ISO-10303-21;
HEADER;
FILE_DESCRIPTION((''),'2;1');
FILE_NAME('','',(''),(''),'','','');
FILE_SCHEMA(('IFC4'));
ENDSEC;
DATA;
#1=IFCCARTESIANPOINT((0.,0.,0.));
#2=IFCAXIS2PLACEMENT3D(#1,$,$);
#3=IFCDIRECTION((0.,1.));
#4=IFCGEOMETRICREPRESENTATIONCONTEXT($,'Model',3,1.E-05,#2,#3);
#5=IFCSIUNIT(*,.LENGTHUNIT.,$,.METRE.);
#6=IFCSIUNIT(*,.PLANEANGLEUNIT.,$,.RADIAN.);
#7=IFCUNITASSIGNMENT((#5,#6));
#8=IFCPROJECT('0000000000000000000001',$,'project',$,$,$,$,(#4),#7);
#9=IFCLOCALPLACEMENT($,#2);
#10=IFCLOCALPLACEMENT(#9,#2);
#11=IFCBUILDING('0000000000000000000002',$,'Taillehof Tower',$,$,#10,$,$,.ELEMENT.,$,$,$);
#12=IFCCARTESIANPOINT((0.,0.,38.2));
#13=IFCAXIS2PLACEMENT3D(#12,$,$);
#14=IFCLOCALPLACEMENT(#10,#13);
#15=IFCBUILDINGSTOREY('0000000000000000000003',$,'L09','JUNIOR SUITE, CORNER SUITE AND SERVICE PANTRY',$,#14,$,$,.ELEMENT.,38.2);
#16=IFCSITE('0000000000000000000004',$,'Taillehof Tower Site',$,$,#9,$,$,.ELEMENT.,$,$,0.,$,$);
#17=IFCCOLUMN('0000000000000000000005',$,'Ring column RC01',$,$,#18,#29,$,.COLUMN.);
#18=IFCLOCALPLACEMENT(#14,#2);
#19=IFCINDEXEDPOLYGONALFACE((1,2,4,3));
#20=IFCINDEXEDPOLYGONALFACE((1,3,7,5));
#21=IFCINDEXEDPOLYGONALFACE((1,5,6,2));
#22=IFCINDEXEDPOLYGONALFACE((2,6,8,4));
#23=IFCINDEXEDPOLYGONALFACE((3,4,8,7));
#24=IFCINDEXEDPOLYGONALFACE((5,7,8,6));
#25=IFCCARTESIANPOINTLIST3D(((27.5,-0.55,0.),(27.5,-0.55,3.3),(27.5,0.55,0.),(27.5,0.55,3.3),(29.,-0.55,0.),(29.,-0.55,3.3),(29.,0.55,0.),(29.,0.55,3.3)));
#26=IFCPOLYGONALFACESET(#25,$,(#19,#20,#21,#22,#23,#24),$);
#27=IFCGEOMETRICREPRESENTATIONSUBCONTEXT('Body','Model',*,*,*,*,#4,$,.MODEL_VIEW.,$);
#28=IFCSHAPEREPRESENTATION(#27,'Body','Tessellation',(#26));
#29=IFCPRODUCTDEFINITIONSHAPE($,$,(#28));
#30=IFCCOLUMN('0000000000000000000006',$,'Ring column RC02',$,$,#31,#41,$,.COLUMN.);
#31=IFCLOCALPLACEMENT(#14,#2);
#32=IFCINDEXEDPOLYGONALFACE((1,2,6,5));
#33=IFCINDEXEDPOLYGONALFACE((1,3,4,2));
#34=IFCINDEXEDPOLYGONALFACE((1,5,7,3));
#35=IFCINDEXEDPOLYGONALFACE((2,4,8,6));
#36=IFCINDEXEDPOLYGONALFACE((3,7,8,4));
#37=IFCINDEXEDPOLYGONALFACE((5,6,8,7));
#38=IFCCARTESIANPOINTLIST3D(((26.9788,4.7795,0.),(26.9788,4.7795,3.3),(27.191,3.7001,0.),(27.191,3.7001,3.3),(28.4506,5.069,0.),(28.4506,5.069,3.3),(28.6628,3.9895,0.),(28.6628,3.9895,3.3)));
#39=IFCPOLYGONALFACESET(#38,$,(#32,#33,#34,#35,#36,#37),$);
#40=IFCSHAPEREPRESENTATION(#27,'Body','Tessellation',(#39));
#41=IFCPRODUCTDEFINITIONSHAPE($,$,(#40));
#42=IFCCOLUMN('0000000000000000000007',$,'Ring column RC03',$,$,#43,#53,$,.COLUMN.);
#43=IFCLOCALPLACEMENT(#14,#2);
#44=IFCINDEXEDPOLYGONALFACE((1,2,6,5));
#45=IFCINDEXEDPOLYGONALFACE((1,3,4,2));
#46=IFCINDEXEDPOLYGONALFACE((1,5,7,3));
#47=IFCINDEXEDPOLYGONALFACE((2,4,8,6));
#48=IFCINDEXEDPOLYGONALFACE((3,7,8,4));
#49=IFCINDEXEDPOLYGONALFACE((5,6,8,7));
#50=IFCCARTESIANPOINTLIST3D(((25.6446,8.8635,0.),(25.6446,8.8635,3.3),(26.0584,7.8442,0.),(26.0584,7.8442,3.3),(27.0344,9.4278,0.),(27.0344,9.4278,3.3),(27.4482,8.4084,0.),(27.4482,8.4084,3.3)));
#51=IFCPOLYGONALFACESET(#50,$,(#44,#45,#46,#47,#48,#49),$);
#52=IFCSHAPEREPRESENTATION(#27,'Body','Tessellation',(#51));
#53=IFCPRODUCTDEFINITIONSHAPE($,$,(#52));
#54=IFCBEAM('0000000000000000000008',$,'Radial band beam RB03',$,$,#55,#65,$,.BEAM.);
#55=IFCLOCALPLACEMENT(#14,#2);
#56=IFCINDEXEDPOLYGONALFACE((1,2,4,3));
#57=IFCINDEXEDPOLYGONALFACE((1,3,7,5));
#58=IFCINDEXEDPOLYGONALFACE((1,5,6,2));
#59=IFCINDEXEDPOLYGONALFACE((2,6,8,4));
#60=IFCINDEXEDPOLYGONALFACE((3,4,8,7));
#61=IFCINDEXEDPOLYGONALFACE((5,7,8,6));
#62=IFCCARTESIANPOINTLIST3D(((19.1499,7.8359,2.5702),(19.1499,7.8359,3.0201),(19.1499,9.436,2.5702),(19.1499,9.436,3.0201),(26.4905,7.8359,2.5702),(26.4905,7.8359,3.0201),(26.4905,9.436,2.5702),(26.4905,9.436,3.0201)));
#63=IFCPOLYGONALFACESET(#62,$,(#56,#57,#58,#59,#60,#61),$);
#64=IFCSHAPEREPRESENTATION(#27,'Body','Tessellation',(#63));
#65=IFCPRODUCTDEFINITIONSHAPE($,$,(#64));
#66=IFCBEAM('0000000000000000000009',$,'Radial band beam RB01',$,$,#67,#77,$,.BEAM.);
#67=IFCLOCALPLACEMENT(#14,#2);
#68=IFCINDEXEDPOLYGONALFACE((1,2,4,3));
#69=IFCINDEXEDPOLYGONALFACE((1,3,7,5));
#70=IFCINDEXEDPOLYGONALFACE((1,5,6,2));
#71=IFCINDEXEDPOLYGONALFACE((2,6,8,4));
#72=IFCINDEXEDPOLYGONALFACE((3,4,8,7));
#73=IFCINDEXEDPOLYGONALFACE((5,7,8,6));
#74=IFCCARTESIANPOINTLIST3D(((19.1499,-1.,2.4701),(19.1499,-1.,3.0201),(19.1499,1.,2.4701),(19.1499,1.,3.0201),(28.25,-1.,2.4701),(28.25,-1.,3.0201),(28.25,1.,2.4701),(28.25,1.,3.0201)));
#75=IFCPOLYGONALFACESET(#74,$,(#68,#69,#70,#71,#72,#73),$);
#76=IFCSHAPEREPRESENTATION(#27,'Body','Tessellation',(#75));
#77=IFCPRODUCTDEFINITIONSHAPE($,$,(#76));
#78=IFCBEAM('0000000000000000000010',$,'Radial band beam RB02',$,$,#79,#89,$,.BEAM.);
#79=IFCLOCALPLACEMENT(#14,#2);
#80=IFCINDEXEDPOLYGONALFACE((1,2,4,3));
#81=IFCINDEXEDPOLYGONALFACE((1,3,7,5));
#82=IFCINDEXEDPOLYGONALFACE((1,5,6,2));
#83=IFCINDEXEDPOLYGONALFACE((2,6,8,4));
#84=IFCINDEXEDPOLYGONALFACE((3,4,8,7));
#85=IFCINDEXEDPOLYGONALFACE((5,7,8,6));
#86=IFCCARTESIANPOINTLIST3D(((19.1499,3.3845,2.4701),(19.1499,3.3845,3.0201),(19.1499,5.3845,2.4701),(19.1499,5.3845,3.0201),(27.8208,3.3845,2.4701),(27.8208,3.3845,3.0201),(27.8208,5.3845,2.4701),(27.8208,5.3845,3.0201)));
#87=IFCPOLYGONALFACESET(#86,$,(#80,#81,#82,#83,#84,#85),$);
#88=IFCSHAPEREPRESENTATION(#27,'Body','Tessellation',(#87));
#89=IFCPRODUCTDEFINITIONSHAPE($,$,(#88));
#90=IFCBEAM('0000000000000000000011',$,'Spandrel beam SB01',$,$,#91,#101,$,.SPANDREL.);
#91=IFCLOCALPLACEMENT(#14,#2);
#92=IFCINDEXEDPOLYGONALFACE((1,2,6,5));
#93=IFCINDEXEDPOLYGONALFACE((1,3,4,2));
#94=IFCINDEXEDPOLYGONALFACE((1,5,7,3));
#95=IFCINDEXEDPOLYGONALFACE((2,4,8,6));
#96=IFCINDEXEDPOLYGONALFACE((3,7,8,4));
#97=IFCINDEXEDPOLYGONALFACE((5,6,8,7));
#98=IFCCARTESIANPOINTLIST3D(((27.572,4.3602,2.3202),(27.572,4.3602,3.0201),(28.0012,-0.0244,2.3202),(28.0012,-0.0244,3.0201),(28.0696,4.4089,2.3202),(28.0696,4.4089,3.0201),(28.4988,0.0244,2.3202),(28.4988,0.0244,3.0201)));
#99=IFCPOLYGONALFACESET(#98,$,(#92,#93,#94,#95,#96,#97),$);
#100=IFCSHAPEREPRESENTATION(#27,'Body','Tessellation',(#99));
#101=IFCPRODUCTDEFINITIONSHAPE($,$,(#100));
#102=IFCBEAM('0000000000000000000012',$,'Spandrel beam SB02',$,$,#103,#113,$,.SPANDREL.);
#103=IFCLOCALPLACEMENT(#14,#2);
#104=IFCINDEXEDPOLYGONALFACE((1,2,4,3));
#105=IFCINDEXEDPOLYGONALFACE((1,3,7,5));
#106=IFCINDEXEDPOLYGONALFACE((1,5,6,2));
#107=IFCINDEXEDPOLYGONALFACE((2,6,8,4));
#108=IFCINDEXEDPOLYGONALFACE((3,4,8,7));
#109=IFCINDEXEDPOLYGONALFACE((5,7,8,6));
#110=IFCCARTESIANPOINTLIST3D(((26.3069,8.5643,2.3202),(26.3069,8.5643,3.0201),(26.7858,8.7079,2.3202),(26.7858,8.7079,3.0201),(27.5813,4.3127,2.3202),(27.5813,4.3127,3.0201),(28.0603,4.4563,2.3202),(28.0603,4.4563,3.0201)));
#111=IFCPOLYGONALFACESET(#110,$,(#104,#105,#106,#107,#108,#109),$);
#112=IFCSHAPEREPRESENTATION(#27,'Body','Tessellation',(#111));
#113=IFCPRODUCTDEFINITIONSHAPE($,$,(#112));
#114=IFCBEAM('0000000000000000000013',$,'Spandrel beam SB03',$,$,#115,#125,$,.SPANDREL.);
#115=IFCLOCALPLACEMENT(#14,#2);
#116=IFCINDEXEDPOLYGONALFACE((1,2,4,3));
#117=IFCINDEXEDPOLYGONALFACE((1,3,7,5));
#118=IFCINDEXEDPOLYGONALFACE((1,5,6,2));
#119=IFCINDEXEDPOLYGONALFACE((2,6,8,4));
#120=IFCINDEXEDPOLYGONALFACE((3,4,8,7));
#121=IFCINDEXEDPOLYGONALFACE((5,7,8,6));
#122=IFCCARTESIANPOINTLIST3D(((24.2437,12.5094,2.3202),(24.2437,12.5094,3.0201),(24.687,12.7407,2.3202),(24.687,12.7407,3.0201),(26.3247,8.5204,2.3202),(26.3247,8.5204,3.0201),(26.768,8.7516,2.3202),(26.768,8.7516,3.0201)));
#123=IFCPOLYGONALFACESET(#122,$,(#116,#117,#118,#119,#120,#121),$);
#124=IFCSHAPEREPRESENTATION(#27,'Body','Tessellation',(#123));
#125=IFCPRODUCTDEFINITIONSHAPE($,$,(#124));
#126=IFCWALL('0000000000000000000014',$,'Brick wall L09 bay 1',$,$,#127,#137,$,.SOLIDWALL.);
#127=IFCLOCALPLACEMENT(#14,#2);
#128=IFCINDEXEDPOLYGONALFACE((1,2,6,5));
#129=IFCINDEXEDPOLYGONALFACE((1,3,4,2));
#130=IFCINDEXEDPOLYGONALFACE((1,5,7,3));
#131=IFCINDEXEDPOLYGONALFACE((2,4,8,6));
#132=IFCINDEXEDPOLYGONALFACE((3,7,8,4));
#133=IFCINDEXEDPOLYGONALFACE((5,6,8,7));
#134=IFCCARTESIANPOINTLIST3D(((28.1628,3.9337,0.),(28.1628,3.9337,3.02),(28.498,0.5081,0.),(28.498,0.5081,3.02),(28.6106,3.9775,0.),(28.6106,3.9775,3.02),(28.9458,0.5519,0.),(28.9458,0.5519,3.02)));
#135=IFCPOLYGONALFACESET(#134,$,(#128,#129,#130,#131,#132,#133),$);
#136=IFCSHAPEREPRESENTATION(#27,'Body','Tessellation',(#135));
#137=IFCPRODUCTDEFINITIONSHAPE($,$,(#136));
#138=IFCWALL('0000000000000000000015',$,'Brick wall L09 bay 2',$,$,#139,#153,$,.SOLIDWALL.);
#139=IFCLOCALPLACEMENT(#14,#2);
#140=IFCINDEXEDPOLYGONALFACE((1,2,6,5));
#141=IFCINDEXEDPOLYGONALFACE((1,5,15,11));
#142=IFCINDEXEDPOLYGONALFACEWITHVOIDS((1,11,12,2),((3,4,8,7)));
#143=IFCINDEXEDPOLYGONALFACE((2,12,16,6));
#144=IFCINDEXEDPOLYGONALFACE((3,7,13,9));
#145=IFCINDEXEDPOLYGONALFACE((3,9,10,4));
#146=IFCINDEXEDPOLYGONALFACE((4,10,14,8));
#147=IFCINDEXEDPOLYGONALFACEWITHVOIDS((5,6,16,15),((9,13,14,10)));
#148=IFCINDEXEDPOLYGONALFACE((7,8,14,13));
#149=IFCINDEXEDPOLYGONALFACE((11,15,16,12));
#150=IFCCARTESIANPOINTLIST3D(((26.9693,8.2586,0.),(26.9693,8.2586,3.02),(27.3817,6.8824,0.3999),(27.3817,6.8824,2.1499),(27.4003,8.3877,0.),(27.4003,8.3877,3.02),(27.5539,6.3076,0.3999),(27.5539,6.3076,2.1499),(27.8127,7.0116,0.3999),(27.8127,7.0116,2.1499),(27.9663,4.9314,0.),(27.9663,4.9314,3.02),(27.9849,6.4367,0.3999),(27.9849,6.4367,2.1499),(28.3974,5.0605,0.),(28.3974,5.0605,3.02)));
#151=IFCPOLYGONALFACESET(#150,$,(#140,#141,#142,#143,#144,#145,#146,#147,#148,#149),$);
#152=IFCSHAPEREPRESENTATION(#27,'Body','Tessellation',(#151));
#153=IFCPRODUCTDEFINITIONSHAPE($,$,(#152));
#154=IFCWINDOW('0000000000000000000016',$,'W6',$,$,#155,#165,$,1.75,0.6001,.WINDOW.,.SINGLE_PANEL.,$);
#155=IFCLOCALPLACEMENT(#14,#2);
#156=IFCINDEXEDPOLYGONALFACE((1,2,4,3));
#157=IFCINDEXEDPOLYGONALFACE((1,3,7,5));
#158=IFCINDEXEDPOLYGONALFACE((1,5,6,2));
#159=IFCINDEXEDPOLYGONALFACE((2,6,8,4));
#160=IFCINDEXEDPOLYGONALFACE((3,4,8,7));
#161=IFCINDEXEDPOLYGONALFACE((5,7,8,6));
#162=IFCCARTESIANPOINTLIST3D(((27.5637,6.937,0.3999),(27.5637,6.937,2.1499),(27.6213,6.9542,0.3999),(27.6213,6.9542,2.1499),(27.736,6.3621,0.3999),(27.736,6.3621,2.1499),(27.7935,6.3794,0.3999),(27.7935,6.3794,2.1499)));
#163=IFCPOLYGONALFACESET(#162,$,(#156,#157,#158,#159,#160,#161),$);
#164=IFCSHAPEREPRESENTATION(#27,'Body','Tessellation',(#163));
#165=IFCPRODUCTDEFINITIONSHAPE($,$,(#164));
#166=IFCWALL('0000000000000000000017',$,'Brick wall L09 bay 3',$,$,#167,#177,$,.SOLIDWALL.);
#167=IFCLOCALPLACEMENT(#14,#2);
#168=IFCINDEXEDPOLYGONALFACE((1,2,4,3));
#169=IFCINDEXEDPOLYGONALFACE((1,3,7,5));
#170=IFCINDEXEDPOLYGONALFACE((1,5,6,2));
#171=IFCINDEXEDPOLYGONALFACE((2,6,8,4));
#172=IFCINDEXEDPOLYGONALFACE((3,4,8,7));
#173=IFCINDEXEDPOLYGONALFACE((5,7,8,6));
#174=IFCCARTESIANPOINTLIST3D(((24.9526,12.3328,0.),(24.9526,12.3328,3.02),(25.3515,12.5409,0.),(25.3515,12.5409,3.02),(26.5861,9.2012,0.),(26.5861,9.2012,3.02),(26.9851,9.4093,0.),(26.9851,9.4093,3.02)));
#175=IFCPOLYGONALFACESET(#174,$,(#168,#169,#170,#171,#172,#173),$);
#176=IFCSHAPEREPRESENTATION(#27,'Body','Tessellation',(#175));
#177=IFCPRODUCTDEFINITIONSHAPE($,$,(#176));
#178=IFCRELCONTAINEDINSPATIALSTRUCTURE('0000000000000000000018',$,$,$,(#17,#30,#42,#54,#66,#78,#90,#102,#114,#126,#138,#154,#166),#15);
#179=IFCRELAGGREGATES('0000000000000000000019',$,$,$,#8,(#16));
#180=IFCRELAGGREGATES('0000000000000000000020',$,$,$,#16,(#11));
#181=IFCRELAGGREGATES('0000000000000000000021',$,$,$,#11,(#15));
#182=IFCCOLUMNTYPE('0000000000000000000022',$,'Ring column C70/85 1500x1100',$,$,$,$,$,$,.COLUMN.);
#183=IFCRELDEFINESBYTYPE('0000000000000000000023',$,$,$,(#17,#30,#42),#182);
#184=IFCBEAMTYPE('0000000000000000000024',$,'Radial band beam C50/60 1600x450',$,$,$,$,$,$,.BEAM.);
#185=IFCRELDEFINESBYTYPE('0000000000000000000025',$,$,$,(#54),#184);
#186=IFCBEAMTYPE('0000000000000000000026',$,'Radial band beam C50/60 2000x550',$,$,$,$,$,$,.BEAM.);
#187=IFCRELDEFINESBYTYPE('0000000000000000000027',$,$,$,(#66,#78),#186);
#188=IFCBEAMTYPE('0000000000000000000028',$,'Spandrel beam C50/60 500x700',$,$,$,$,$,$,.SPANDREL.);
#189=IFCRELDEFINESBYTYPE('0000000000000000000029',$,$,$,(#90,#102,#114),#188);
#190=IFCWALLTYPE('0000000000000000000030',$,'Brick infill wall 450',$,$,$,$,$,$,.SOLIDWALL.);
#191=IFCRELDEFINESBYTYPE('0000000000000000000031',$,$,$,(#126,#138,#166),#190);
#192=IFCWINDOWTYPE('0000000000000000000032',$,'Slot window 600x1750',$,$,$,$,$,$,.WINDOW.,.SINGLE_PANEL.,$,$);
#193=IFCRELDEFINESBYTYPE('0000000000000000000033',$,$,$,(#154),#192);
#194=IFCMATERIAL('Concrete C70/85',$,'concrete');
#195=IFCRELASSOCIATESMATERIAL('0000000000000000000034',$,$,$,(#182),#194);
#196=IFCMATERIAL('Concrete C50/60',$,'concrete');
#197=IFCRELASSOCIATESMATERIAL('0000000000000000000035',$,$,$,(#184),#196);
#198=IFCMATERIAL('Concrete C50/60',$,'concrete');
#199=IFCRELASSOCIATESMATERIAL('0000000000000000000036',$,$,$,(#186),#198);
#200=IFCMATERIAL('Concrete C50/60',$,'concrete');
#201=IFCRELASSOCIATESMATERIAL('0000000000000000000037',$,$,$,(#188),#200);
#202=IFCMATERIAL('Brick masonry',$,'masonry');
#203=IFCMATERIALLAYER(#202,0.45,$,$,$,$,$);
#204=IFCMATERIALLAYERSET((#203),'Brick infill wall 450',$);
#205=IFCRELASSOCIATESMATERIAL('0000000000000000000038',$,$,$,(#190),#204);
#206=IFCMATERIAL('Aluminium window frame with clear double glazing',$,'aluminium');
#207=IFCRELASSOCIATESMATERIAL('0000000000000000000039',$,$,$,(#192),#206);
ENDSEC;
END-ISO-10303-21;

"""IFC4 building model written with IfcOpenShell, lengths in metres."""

from ifc_helpers import new_model, si_unit, direction, frame, frame_2d, origin, origin_2d, place, context, subcontext, project, spatial, rectangle, extrude, material, layer, layer_set, material_profile, profile_set, type_object, element, fill, save


model = new_model("IFC4")

# Units and contexts
model_context = context("Model", 3, precision=1e-05, world=origin(), true_north=direction((0.0, 1.0)))
body_context = subcontext(model_context, "Body", "Model", "MODEL_VIEW")
ifc_project = project(units=[si_unit("LENGTHUNIT", "METRE"), si_unit("PLANEANGLEUNIT", "RADIAN")], contexts=[model_context])

# Site, building, storey
site_placement = place(None, origin())
site = spatial("IfcSite", under=ifc_project, at=site_placement, Name="Taillehof Tower Site", CompositionType="ELEMENT", RefElevation=0.0)
building_placement = place(site_placement, origin())
building = spatial("IfcBuilding", under=site, at=building_placement, Name="Taillehof Tower", CompositionType="ELEMENT")
storey_placement = place(building_placement, frame((0.0, 0.0, 38.2)))
storey = spatial("IfcBuildingStorey", under=building, at=storey_placement, Name="L09", Description="JUNIOR SUITE, CORNER SUITE AND SERVICE PANTRY", CompositionType="ELEMENT", Elevation=38.2)

# Columns
ifc_material_1 = material(Name="Concrete C70/85", Category="concrete")
ifc_material_profile_1 = material_profile(ifc_material_1, rectangle(XDim=1.5, YDim=1.1001, at=origin_2d()), Name="RC 1500x1100")
ifc_profile_set_1 = profile_set([ifc_material_profile_1], Name="Concrete C70/85")
column_type = type_object("IfcColumnType", Name="Ring column C70/85 1500x1100", PredefinedType="COLUMN", material=ifc_profile_set_1)
for number, where, z_axis, x_axis, name in (
    (1, (28.25, 0.0, 0.0), (0.0, 0.0, 1.0), (1.0, 0.0, 0.0), "Ring column RC01"),
    (2, (27.8208, 4.3845, 0.0), (0.0, 0.0, 1.0), (0.981204, 0.192976, 0.0), "Ring column RC02"),
    (3, (26.5464, 8.636, 0.0), (0.0, 0.0, 1.0), (0.926558, 0.376152, 0.0), "Ring column RC03"),
):
    element("IfcColumn", number, at=place(storey_placement, frame(where, z_axis=z_axis, x_axis=x_axis)), inside=storey, type_object=column_type, Name=name, PredefinedType="COLUMN", context=body_context, shape_type="SweptSolid", body=[
        extrude(rectangle(XDim=1.5, YDim=1.1001, at=origin_2d()), origin(), (0.0, 0.0, 1.0), 3.3),
    ])

# Beams
ifc_material_2 = material(Name="Concrete C50/60", Category="concrete")
ifc_material_profile_2 = material_profile(ifc_material_2, rectangle(XDim=1.6001, YDim=0.45, at=origin_2d()), Name="RC 1600x450")
ifc_profile_set_2 = profile_set([ifc_material_profile_2], Name="Concrete C50/60")
beam_type_1 = type_object("IfcBeamType", Name="Radial band beam C50/60 1600x450", PredefinedType="BEAM", material=ifc_profile_set_2)
beam_1_placement = place(storey_placement, frame((26.4905, 8.636, 2.7952), z_axis=(-1.0, 0.0, 0.0), x_axis=(0.0, -1.0, 0.0)))
element("IfcBeam", 4, at=beam_1_placement, inside=storey, type_object=beam_type_1, Name="Radial band beam RB03", PredefinedType="BEAM", context=body_context, shape_type="SweptSolid", body=[
    extrude(rectangle(XDim=1.6001, YDim=0.45, at=origin_2d()), origin(), (0.0, 0.0, 1.0), 7.3406),
])
ifc_material_3 = material(Name="Concrete C50/60", Category="concrete")
ifc_material_profile_3 = material_profile(ifc_material_3, rectangle(XDim=2.0, YDim=0.55, at=origin_2d()), Name="RC 2000x550")
ifc_profile_set_3 = profile_set([ifc_material_profile_3], Name="Concrete C50/60")
beam_type_2 = type_object("IfcBeamType", Name="Radial band beam C50/60 2000x550", PredefinedType="BEAM", material=ifc_profile_set_3)
beam_2_placement = place(storey_placement, frame((28.25, 0.0, 2.7451), z_axis=(-1.0, 0.0, 0.0), x_axis=(0.0, -1.0, 0.0)))
element("IfcBeam", 5, at=beam_2_placement, inside=storey, type_object=beam_type_2, Name="Radial band beam RB01", PredefinedType="BEAM", context=body_context, shape_type="SweptSolid", body=[
    extrude(rectangle(XDim=2.0, YDim=0.55, at=origin_2d()), origin(), (0.0, 0.0, 1.0), 9.1001),
])
beam_3_placement = place(storey_placement, frame((27.8208, 4.3845, 2.7451), z_axis=(-1.0, 0.0, 0.0), x_axis=(0.0, -1.0, 0.0)))
element("IfcBeam", 6, at=beam_3_placement, inside=storey, type_object=beam_type_2, Name="Radial band beam RB02", PredefinedType="BEAM", context=body_context, shape_type="SweptSolid", body=[
    extrude(rectangle(XDim=2.0, YDim=0.55, at=origin_2d()), origin(), (0.0, 0.0, 1.0), 8.6709),
])
ifc_material_4 = material(Name="Concrete C50/60", Category="concrete")
ifc_material_profile_4 = material_profile(ifc_material_4, rectangle(XDim=0.5, YDim=0.7, at=origin_2d()), Name="RC 500x700")
ifc_profile_set_4 = profile_set([ifc_material_profile_4], Name="Concrete C50/60")
beam_type_3 = type_object("IfcBeamType", Name="Spandrel beam C50/60 500x700", PredefinedType="SPANDREL", material=ifc_profile_set_4)
beam_4_placement = place(storey_placement, frame((28.25, 0.0, 2.6702), z_axis=(-0.097424, 0.995243, 0.0), x_axis=(-0.995243, -0.097424, 0.0)))
element("IfcBeam", 7, at=beam_4_placement, inside=storey, type_object=beam_type_3, Name="Spandrel beam SB01", PredefinedType="SPANDREL", context=body_context, shape_type="SweptSolid", body=[
    extrude(rectangle(XDim=0.5, YDim=0.7, at=origin_2d()), origin(), (0.0, 0.0, 1.0), 4.4055),
])
beam_5_placement = place(storey_placement, frame((27.8208, 4.3845, 2.6702), z_axis=(-0.287136, 0.95789, 0.0), x_axis=(-0.95789, -0.287136, 0.0)))
element("IfcBeam", 8, at=beam_5_placement, inside=storey, type_object=beam_type_3, Name="Spandrel beam SB02", PredefinedType="SPANDREL", context=body_context, shape_type="SweptSolid", body=[
    extrude(rectangle(XDim=0.5, YDim=0.7, at=origin_2d()), origin(), (0.0, 0.0, 1.0), 4.4385),
])
beam_6_placement = place(storey_placement, frame((26.5464, 8.636, 2.6702), z_axis=(-0.462536, 0.8866, 0.0), x_axis=(-0.8866, -0.462536, 0.0)))
element("IfcBeam", 9, at=beam_6_placement, inside=storey, type_object=beam_type_3, Name="Spandrel beam SB03", PredefinedType="SPANDREL", context=body_context, shape_type="SweptSolid", body=[
    extrude(rectangle(XDim=0.5, YDim=0.7, at=origin_2d()), origin(), (0.0, 0.0, 1.0), 4.4993),
])

# Wall
ifc_material_5 = material(Name="Brick masonry", Category="masonry")
ifc_layer_1 = layer(ifc_material_5, 0.45)
ifc_layer_set_1 = layer_set([ifc_layer_1], Name="Brick infill wall 450")
wall_type_1 = type_object("IfcWallType", Name="Brick infill wall 450", PredefinedType="SOLIDWALL", material=ifc_layer_set_1)
wall_1_placement = place(storey_placement, frame((28.7219, 0.53, 0.0), z_axis=(0.0, 0.0, 1.0), x_axis=(-0.09739, 0.995246, 0.0)))
element("IfcWall", 10, at=wall_1_placement, inside=storey, type_object=wall_type_1, Name="Brick wall L09 bay 1", PredefinedType="SOLIDWALL", context=body_context, shape_type="SweptSolid", body=[
    extrude(rectangle(XDim=3.4419, YDim=0.45, at=frame_2d((1.7209, 0.0))), origin(), (0.0, 0.0, 1.0), 3.02),
])

# Wall, opening, window
wall_2_placement = place(storey_placement, frame((28.1819, 4.9958, 0.0), z_axis=(0.0, 0.0, 1.0), x_axis=(-0.287064, 0.957911, 0.0)))
wall_2 = element("IfcWall", 11, at=wall_2_placement, inside=storey, type_object=wall_type_1, Name="Brick wall L09 bay 2", PredefinedType="SOLIDWALL", context=body_context, shape_type="SweptSolid", body=[
    extrude(rectangle(XDim=3.4734, YDim=0.45, at=frame_2d((1.7368, 0.0))), origin(), (0.0, 0.0, 1.0), 3.02),
])
opening_1_placement = place(wall_2_placement, frame((1.4368, 0.0, 0.3999)))
opening_1 = element("IfcOpeningElement", 12, at=opening_1_placement, cuts=wall_2, PredefinedType="OPENING", context=body_context, shape_type="SweptSolid", body=[
    extrude(rectangle(XDim=0.6001, YDim=1.75, at=frame_2d((0.3, 0.875))), frame((0.0, 0.2349, 0.0), z_axis=(0.0, -1.0, 0.0), x_axis=(1.0, 0.0, 0.0)), (0.0, 0.0, 1.0), 0.47),
])
ifc_material_6 = material(Name="Aluminium window frame with clear double glazing", Category="aluminium")
window_type = type_object("IfcWindowType", Name="Slot window 600x1750", PartitioningType="SINGLE_PANEL", PredefinedType="WINDOW", material=ifc_material_6)
window_placement = place(opening_1_placement, origin())
window = element("IfcWindow", 13, at=window_placement, inside=storey, type_object=window_type, Name="W6", OverallHeight=1.75, OverallWidth=0.6001, PartitioningType="SINGLE_PANEL", PredefinedType="WINDOW", context=body_context, shape_type="SweptSolid", body=[
    extrude(rectangle(XDim=0.6001, YDim=1.75, at=frame_2d((0.3, 0.875))), frame((0.0, 0.0349, 0.0), z_axis=(0.0, -1.0, 0.0), x_axis=(1.0, 0.0, 0.0)), (0.0, 0.0, 1.0), 0.0601),
])
fill(opening_1, window)

# Wall
wall_3_placement = place(storey_placement, frame((26.7856, 9.3052, 0.0), z_axis=(0.0, 0.0, 1.0), x_axis=(-0.462493, 0.886623, 0.0)))
element("IfcWall", 14, at=wall_3_placement, inside=storey, type_object=wall_type_1, Name="Brick wall L09 bay 3", PredefinedType="SOLIDWALL", context=body_context, shape_type="SweptSolid", body=[
    extrude(rectangle(XDim=3.532, YDim=0.45, at=frame_2d((1.7661, 0.0))), origin(), (0.0, 0.0, 1.0), 3.02),
])

save(model, "model.ifc")
